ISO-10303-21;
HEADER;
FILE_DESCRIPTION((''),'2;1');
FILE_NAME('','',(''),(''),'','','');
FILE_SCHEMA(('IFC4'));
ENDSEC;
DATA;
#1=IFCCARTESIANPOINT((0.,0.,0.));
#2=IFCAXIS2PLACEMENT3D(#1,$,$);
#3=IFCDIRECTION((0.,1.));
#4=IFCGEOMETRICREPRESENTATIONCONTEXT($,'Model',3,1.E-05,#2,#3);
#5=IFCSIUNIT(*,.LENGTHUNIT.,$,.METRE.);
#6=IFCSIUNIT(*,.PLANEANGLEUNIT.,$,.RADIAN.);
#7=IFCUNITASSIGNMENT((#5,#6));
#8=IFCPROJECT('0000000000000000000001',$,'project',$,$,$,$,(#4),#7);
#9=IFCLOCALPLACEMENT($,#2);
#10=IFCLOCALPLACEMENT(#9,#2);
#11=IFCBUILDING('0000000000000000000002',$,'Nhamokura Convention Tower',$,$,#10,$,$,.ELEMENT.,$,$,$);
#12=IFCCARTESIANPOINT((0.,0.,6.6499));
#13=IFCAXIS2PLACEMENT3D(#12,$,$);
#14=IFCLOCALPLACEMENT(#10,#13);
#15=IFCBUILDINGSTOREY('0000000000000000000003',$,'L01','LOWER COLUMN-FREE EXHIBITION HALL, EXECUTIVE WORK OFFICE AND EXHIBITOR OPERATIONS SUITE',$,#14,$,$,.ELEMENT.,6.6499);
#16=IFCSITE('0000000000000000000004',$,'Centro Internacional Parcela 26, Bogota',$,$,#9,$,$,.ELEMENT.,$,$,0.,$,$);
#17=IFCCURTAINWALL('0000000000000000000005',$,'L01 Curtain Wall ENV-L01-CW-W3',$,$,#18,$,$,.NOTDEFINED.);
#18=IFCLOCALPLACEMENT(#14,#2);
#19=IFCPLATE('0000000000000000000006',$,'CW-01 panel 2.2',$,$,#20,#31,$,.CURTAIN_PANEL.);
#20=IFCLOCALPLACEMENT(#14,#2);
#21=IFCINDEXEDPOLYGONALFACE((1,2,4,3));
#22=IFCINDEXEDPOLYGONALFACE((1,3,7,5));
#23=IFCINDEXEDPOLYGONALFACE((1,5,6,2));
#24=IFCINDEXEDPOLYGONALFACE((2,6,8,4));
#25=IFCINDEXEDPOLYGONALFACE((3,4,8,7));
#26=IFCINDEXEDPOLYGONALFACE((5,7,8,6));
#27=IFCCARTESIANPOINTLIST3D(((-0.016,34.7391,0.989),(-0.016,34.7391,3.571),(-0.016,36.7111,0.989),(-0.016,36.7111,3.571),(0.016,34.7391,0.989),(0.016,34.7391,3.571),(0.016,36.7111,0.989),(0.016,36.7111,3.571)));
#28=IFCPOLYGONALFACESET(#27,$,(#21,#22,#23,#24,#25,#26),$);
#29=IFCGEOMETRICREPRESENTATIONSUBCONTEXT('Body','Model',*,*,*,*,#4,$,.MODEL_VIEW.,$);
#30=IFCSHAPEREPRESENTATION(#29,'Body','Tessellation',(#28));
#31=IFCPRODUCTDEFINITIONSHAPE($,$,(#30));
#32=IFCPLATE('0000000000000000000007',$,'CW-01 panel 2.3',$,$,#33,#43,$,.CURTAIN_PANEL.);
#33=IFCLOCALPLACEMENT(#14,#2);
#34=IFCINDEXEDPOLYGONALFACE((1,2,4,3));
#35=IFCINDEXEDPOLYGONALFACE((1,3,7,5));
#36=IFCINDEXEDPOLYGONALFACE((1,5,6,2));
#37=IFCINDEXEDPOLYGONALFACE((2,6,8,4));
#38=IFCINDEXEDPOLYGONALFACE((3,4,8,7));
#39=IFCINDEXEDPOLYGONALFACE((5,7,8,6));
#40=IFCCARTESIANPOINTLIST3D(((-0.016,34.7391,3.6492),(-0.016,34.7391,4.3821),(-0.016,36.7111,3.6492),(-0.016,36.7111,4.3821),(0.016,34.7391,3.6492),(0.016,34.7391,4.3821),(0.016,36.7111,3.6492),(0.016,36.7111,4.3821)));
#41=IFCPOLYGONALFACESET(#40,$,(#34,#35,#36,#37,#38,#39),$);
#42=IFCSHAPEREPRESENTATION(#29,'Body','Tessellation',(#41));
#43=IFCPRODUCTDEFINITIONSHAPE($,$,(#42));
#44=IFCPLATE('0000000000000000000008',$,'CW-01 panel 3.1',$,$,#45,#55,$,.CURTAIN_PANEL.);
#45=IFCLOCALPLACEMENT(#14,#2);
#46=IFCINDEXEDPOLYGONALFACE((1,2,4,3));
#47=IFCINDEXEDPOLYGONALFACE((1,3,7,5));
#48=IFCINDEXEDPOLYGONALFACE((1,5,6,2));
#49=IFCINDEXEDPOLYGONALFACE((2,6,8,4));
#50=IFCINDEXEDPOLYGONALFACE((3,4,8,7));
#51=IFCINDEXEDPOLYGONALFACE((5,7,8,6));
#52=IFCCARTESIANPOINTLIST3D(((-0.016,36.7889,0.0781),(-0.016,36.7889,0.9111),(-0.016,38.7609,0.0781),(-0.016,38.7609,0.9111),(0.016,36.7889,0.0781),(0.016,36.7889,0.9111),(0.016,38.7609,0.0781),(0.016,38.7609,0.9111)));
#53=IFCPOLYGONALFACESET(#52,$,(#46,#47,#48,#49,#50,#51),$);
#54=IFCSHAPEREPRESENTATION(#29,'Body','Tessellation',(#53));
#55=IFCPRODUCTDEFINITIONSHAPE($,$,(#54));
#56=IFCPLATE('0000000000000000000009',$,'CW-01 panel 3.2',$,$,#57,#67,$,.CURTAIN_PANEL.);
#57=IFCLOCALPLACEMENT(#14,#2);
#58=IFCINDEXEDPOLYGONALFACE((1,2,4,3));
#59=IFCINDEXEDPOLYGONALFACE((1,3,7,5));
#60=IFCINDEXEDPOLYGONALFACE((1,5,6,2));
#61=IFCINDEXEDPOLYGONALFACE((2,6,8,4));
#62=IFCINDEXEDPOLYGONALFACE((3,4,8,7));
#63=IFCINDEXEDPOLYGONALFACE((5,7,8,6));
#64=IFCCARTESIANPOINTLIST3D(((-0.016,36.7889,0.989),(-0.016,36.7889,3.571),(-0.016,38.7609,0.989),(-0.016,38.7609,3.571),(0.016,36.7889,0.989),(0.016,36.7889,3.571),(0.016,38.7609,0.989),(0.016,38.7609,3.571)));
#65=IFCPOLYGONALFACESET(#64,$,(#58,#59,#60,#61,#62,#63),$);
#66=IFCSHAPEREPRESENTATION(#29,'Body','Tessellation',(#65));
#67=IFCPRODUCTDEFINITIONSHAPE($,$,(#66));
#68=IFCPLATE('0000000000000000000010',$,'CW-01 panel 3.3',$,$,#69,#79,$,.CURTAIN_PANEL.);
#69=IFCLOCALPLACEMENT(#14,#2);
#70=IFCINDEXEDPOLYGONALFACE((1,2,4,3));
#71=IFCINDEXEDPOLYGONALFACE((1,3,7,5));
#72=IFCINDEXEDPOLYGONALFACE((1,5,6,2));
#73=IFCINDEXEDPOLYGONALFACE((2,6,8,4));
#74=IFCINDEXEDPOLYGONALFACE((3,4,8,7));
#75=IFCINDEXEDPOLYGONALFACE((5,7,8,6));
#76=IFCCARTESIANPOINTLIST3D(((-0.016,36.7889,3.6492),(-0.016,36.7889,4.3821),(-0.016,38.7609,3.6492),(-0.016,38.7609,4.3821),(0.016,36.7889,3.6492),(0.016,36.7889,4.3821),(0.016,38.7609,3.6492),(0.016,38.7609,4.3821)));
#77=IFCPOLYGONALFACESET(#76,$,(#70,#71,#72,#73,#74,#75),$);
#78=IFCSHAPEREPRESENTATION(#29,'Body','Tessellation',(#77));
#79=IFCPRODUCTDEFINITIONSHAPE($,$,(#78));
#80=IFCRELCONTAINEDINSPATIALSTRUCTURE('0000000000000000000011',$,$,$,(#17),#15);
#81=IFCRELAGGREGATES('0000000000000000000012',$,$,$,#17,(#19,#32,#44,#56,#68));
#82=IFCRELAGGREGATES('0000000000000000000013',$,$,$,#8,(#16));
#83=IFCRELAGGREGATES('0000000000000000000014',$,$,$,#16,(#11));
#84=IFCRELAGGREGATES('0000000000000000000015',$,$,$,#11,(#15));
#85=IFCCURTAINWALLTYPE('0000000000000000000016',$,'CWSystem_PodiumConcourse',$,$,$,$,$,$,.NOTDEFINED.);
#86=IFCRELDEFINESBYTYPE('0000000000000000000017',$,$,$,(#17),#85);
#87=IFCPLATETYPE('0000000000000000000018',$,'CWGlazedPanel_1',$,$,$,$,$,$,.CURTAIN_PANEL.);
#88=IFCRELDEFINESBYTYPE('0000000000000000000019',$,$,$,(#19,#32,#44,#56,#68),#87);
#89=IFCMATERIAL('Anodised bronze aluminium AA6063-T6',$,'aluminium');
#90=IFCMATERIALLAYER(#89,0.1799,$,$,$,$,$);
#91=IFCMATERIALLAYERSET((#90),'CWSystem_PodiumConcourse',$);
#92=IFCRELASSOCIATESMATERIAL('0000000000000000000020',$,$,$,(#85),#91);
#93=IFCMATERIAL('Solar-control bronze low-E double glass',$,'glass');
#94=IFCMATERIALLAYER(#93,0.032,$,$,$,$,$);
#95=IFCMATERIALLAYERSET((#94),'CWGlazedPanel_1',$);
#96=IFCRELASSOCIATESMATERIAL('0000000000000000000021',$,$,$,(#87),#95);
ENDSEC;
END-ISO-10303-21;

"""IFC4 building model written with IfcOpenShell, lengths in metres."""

from ifc_helpers import new_model, si_unit, direction, frame, origin, origin_2d, place, context, subcontext, project, spatial, rectangle, extrude, material, layer, layer_set, type_object, element, aggregate, save


model = new_model("IFC4")

# Units and contexts
model_context = context("Model", 3, precision=1e-05, world=origin(), true_north=direction((0.0, 1.0)))
body_context = subcontext(model_context, "Body", "Model", "MODEL_VIEW")
ifc_project = project(units=[si_unit("LENGTHUNIT", "METRE"), si_unit("PLANEANGLEUNIT", "RADIAN")], contexts=[model_context])

# Site, building, storey
site_placement = place(None, origin())
site = spatial("IfcSite", under=ifc_project, at=site_placement, Name="Centro Internacional Parcela 26, Bogota", CompositionType="ELEMENT", RefElevation=0.0)
building_placement = place(site_placement, origin())
building = spatial("IfcBuilding", under=site, at=building_placement, Name="Nhamokura Convention Tower", CompositionType="ELEMENT")
storey_placement = place(building_placement, frame((0.0, 0.0, 6.6499)))
storey = spatial("IfcBuildingStorey", under=building, at=storey_placement, Name="L01", Description="LOWER COLUMN-FREE EXHIBITION HALL, EXECUTIVE WORK OFFICE AND EXHIBITOR OPERATIONS SUITE", CompositionType="ELEMENT", Elevation=6.6499)

# Shared definitions
ifc_material_1 = material(Name="Anodised bronze aluminium AA6063-T6", Category="aluminium")
ifc_layer_1 = layer(ifc_material_1, 0.1799)
ifc_layer_set_1 = layer_set([ifc_layer_1], Name="CWSystem_PodiumConcourse")
curtain_wall_type = type_object("IfcCurtainWallType", Name="CWSystem_PodiumConcourse", PredefinedType="NOTDEFINED", material=ifc_layer_set_1)

# Curtain wall
curtain_wall_1_placement = place(storey_placement, origin())
curtain_wall_1 = element("IfcCurtainWall", 1, at=curtain_wall_1_placement, inside=storey, type_object=curtain_wall_type, Name="L01 Curtain Wall ENV-L01-CW-W3", PredefinedType="NOTDEFINED")

# Plates
ifc_material_2 = material(Name="Solar-control bronze low-E double glass", Category="glass")
ifc_layer_2 = layer(ifc_material_2, 0.032)
ifc_layer_set_2 = layer_set([ifc_layer_2], Name="CWGlazedPanel_1")
plate_type = type_object("IfcPlateType", Name="CWGlazedPanel_1", PredefinedType="CURTAIN_PANEL", material=ifc_layer_set_2)
plate_1_placement = place(storey_placement, frame((0.0, 35.7251, 0.989), z_axis=(0.0, 0.0, 1.0), x_axis=(0.0, 1.0, 0.0)))
plate_1 = element("IfcPlate", 2, at=plate_1_placement, type_object=plate_type, Name="CW-01 panel 2.2", PredefinedType="CURTAIN_PANEL", context=body_context, shape_type="SweptSolid", body=[
    extrude(rectangle(XDim=1.9719, YDim=0.032, at=origin_2d()), origin(), (0.0, 0.0, 1.0), 2.582),
])
plate_2_placement = place(storey_placement, frame((0.0, 35.7251, 3.6492), z_axis=(0.0, 0.0, 1.0), x_axis=(0.0, 1.0, 0.0)))
plate_2 = element("IfcPlate", 3, at=plate_2_placement, type_object=plate_type, Name="CW-01 panel 2.3", PredefinedType="CURTAIN_PANEL", context=body_context, shape_type="SweptSolid", body=[
    extrude(rectangle(XDim=1.9719, YDim=0.032, at=origin_2d()), origin(), (0.0, 0.0, 1.0), 0.7329),
])
plate_3_placement = place(storey_placement, frame((0.0, 37.7749, 0.0781), z_axis=(0.0, 0.0, 1.0), x_axis=(0.0, 1.0, 0.0)))
plate_3 = element("IfcPlate", 4, at=plate_3_placement, type_object=plate_type, Name="CW-01 panel 3.1", PredefinedType="CURTAIN_PANEL", context=body_context, shape_type="SweptSolid", body=[
    extrude(rectangle(XDim=1.9719, YDim=0.032, at=origin_2d()), origin(), (0.0, 0.0, 1.0), 0.833),
])
plate_4_placement = place(storey_placement, frame((0.0, 37.7749, 0.989), z_axis=(0.0, 0.0, 1.0), x_axis=(0.0, 1.0, 0.0)))
plate_4 = element("IfcPlate", 5, at=plate_4_placement, type_object=plate_type, Name="CW-01 panel 3.2", PredefinedType="CURTAIN_PANEL", context=body_context, shape_type="SweptSolid", body=[
    extrude(rectangle(XDim=1.9719, YDim=0.032, at=origin_2d()), origin(), (0.0, 0.0, 1.0), 2.582),
])
plate_5_placement = place(storey_placement, frame((0.0, 37.7749, 3.6492), z_axis=(0.0, 0.0, 1.0), x_axis=(0.0, 1.0, 0.0)))
plate_5 = element("IfcPlate", 6, at=plate_5_placement, type_object=plate_type, Name="CW-01 panel 3.3", PredefinedType="CURTAIN_PANEL", context=body_context, shape_type="SweptSolid", body=[
    extrude(rectangle(XDim=1.9719, YDim=0.032, at=origin_2d()), origin(), (0.0, 0.0, 1.0), 0.7329),
])
aggregate(curtain_wall_1, [plate_1, plate_2, plate_3, plate_4, plate_5])

save(model, "model.ifc")
